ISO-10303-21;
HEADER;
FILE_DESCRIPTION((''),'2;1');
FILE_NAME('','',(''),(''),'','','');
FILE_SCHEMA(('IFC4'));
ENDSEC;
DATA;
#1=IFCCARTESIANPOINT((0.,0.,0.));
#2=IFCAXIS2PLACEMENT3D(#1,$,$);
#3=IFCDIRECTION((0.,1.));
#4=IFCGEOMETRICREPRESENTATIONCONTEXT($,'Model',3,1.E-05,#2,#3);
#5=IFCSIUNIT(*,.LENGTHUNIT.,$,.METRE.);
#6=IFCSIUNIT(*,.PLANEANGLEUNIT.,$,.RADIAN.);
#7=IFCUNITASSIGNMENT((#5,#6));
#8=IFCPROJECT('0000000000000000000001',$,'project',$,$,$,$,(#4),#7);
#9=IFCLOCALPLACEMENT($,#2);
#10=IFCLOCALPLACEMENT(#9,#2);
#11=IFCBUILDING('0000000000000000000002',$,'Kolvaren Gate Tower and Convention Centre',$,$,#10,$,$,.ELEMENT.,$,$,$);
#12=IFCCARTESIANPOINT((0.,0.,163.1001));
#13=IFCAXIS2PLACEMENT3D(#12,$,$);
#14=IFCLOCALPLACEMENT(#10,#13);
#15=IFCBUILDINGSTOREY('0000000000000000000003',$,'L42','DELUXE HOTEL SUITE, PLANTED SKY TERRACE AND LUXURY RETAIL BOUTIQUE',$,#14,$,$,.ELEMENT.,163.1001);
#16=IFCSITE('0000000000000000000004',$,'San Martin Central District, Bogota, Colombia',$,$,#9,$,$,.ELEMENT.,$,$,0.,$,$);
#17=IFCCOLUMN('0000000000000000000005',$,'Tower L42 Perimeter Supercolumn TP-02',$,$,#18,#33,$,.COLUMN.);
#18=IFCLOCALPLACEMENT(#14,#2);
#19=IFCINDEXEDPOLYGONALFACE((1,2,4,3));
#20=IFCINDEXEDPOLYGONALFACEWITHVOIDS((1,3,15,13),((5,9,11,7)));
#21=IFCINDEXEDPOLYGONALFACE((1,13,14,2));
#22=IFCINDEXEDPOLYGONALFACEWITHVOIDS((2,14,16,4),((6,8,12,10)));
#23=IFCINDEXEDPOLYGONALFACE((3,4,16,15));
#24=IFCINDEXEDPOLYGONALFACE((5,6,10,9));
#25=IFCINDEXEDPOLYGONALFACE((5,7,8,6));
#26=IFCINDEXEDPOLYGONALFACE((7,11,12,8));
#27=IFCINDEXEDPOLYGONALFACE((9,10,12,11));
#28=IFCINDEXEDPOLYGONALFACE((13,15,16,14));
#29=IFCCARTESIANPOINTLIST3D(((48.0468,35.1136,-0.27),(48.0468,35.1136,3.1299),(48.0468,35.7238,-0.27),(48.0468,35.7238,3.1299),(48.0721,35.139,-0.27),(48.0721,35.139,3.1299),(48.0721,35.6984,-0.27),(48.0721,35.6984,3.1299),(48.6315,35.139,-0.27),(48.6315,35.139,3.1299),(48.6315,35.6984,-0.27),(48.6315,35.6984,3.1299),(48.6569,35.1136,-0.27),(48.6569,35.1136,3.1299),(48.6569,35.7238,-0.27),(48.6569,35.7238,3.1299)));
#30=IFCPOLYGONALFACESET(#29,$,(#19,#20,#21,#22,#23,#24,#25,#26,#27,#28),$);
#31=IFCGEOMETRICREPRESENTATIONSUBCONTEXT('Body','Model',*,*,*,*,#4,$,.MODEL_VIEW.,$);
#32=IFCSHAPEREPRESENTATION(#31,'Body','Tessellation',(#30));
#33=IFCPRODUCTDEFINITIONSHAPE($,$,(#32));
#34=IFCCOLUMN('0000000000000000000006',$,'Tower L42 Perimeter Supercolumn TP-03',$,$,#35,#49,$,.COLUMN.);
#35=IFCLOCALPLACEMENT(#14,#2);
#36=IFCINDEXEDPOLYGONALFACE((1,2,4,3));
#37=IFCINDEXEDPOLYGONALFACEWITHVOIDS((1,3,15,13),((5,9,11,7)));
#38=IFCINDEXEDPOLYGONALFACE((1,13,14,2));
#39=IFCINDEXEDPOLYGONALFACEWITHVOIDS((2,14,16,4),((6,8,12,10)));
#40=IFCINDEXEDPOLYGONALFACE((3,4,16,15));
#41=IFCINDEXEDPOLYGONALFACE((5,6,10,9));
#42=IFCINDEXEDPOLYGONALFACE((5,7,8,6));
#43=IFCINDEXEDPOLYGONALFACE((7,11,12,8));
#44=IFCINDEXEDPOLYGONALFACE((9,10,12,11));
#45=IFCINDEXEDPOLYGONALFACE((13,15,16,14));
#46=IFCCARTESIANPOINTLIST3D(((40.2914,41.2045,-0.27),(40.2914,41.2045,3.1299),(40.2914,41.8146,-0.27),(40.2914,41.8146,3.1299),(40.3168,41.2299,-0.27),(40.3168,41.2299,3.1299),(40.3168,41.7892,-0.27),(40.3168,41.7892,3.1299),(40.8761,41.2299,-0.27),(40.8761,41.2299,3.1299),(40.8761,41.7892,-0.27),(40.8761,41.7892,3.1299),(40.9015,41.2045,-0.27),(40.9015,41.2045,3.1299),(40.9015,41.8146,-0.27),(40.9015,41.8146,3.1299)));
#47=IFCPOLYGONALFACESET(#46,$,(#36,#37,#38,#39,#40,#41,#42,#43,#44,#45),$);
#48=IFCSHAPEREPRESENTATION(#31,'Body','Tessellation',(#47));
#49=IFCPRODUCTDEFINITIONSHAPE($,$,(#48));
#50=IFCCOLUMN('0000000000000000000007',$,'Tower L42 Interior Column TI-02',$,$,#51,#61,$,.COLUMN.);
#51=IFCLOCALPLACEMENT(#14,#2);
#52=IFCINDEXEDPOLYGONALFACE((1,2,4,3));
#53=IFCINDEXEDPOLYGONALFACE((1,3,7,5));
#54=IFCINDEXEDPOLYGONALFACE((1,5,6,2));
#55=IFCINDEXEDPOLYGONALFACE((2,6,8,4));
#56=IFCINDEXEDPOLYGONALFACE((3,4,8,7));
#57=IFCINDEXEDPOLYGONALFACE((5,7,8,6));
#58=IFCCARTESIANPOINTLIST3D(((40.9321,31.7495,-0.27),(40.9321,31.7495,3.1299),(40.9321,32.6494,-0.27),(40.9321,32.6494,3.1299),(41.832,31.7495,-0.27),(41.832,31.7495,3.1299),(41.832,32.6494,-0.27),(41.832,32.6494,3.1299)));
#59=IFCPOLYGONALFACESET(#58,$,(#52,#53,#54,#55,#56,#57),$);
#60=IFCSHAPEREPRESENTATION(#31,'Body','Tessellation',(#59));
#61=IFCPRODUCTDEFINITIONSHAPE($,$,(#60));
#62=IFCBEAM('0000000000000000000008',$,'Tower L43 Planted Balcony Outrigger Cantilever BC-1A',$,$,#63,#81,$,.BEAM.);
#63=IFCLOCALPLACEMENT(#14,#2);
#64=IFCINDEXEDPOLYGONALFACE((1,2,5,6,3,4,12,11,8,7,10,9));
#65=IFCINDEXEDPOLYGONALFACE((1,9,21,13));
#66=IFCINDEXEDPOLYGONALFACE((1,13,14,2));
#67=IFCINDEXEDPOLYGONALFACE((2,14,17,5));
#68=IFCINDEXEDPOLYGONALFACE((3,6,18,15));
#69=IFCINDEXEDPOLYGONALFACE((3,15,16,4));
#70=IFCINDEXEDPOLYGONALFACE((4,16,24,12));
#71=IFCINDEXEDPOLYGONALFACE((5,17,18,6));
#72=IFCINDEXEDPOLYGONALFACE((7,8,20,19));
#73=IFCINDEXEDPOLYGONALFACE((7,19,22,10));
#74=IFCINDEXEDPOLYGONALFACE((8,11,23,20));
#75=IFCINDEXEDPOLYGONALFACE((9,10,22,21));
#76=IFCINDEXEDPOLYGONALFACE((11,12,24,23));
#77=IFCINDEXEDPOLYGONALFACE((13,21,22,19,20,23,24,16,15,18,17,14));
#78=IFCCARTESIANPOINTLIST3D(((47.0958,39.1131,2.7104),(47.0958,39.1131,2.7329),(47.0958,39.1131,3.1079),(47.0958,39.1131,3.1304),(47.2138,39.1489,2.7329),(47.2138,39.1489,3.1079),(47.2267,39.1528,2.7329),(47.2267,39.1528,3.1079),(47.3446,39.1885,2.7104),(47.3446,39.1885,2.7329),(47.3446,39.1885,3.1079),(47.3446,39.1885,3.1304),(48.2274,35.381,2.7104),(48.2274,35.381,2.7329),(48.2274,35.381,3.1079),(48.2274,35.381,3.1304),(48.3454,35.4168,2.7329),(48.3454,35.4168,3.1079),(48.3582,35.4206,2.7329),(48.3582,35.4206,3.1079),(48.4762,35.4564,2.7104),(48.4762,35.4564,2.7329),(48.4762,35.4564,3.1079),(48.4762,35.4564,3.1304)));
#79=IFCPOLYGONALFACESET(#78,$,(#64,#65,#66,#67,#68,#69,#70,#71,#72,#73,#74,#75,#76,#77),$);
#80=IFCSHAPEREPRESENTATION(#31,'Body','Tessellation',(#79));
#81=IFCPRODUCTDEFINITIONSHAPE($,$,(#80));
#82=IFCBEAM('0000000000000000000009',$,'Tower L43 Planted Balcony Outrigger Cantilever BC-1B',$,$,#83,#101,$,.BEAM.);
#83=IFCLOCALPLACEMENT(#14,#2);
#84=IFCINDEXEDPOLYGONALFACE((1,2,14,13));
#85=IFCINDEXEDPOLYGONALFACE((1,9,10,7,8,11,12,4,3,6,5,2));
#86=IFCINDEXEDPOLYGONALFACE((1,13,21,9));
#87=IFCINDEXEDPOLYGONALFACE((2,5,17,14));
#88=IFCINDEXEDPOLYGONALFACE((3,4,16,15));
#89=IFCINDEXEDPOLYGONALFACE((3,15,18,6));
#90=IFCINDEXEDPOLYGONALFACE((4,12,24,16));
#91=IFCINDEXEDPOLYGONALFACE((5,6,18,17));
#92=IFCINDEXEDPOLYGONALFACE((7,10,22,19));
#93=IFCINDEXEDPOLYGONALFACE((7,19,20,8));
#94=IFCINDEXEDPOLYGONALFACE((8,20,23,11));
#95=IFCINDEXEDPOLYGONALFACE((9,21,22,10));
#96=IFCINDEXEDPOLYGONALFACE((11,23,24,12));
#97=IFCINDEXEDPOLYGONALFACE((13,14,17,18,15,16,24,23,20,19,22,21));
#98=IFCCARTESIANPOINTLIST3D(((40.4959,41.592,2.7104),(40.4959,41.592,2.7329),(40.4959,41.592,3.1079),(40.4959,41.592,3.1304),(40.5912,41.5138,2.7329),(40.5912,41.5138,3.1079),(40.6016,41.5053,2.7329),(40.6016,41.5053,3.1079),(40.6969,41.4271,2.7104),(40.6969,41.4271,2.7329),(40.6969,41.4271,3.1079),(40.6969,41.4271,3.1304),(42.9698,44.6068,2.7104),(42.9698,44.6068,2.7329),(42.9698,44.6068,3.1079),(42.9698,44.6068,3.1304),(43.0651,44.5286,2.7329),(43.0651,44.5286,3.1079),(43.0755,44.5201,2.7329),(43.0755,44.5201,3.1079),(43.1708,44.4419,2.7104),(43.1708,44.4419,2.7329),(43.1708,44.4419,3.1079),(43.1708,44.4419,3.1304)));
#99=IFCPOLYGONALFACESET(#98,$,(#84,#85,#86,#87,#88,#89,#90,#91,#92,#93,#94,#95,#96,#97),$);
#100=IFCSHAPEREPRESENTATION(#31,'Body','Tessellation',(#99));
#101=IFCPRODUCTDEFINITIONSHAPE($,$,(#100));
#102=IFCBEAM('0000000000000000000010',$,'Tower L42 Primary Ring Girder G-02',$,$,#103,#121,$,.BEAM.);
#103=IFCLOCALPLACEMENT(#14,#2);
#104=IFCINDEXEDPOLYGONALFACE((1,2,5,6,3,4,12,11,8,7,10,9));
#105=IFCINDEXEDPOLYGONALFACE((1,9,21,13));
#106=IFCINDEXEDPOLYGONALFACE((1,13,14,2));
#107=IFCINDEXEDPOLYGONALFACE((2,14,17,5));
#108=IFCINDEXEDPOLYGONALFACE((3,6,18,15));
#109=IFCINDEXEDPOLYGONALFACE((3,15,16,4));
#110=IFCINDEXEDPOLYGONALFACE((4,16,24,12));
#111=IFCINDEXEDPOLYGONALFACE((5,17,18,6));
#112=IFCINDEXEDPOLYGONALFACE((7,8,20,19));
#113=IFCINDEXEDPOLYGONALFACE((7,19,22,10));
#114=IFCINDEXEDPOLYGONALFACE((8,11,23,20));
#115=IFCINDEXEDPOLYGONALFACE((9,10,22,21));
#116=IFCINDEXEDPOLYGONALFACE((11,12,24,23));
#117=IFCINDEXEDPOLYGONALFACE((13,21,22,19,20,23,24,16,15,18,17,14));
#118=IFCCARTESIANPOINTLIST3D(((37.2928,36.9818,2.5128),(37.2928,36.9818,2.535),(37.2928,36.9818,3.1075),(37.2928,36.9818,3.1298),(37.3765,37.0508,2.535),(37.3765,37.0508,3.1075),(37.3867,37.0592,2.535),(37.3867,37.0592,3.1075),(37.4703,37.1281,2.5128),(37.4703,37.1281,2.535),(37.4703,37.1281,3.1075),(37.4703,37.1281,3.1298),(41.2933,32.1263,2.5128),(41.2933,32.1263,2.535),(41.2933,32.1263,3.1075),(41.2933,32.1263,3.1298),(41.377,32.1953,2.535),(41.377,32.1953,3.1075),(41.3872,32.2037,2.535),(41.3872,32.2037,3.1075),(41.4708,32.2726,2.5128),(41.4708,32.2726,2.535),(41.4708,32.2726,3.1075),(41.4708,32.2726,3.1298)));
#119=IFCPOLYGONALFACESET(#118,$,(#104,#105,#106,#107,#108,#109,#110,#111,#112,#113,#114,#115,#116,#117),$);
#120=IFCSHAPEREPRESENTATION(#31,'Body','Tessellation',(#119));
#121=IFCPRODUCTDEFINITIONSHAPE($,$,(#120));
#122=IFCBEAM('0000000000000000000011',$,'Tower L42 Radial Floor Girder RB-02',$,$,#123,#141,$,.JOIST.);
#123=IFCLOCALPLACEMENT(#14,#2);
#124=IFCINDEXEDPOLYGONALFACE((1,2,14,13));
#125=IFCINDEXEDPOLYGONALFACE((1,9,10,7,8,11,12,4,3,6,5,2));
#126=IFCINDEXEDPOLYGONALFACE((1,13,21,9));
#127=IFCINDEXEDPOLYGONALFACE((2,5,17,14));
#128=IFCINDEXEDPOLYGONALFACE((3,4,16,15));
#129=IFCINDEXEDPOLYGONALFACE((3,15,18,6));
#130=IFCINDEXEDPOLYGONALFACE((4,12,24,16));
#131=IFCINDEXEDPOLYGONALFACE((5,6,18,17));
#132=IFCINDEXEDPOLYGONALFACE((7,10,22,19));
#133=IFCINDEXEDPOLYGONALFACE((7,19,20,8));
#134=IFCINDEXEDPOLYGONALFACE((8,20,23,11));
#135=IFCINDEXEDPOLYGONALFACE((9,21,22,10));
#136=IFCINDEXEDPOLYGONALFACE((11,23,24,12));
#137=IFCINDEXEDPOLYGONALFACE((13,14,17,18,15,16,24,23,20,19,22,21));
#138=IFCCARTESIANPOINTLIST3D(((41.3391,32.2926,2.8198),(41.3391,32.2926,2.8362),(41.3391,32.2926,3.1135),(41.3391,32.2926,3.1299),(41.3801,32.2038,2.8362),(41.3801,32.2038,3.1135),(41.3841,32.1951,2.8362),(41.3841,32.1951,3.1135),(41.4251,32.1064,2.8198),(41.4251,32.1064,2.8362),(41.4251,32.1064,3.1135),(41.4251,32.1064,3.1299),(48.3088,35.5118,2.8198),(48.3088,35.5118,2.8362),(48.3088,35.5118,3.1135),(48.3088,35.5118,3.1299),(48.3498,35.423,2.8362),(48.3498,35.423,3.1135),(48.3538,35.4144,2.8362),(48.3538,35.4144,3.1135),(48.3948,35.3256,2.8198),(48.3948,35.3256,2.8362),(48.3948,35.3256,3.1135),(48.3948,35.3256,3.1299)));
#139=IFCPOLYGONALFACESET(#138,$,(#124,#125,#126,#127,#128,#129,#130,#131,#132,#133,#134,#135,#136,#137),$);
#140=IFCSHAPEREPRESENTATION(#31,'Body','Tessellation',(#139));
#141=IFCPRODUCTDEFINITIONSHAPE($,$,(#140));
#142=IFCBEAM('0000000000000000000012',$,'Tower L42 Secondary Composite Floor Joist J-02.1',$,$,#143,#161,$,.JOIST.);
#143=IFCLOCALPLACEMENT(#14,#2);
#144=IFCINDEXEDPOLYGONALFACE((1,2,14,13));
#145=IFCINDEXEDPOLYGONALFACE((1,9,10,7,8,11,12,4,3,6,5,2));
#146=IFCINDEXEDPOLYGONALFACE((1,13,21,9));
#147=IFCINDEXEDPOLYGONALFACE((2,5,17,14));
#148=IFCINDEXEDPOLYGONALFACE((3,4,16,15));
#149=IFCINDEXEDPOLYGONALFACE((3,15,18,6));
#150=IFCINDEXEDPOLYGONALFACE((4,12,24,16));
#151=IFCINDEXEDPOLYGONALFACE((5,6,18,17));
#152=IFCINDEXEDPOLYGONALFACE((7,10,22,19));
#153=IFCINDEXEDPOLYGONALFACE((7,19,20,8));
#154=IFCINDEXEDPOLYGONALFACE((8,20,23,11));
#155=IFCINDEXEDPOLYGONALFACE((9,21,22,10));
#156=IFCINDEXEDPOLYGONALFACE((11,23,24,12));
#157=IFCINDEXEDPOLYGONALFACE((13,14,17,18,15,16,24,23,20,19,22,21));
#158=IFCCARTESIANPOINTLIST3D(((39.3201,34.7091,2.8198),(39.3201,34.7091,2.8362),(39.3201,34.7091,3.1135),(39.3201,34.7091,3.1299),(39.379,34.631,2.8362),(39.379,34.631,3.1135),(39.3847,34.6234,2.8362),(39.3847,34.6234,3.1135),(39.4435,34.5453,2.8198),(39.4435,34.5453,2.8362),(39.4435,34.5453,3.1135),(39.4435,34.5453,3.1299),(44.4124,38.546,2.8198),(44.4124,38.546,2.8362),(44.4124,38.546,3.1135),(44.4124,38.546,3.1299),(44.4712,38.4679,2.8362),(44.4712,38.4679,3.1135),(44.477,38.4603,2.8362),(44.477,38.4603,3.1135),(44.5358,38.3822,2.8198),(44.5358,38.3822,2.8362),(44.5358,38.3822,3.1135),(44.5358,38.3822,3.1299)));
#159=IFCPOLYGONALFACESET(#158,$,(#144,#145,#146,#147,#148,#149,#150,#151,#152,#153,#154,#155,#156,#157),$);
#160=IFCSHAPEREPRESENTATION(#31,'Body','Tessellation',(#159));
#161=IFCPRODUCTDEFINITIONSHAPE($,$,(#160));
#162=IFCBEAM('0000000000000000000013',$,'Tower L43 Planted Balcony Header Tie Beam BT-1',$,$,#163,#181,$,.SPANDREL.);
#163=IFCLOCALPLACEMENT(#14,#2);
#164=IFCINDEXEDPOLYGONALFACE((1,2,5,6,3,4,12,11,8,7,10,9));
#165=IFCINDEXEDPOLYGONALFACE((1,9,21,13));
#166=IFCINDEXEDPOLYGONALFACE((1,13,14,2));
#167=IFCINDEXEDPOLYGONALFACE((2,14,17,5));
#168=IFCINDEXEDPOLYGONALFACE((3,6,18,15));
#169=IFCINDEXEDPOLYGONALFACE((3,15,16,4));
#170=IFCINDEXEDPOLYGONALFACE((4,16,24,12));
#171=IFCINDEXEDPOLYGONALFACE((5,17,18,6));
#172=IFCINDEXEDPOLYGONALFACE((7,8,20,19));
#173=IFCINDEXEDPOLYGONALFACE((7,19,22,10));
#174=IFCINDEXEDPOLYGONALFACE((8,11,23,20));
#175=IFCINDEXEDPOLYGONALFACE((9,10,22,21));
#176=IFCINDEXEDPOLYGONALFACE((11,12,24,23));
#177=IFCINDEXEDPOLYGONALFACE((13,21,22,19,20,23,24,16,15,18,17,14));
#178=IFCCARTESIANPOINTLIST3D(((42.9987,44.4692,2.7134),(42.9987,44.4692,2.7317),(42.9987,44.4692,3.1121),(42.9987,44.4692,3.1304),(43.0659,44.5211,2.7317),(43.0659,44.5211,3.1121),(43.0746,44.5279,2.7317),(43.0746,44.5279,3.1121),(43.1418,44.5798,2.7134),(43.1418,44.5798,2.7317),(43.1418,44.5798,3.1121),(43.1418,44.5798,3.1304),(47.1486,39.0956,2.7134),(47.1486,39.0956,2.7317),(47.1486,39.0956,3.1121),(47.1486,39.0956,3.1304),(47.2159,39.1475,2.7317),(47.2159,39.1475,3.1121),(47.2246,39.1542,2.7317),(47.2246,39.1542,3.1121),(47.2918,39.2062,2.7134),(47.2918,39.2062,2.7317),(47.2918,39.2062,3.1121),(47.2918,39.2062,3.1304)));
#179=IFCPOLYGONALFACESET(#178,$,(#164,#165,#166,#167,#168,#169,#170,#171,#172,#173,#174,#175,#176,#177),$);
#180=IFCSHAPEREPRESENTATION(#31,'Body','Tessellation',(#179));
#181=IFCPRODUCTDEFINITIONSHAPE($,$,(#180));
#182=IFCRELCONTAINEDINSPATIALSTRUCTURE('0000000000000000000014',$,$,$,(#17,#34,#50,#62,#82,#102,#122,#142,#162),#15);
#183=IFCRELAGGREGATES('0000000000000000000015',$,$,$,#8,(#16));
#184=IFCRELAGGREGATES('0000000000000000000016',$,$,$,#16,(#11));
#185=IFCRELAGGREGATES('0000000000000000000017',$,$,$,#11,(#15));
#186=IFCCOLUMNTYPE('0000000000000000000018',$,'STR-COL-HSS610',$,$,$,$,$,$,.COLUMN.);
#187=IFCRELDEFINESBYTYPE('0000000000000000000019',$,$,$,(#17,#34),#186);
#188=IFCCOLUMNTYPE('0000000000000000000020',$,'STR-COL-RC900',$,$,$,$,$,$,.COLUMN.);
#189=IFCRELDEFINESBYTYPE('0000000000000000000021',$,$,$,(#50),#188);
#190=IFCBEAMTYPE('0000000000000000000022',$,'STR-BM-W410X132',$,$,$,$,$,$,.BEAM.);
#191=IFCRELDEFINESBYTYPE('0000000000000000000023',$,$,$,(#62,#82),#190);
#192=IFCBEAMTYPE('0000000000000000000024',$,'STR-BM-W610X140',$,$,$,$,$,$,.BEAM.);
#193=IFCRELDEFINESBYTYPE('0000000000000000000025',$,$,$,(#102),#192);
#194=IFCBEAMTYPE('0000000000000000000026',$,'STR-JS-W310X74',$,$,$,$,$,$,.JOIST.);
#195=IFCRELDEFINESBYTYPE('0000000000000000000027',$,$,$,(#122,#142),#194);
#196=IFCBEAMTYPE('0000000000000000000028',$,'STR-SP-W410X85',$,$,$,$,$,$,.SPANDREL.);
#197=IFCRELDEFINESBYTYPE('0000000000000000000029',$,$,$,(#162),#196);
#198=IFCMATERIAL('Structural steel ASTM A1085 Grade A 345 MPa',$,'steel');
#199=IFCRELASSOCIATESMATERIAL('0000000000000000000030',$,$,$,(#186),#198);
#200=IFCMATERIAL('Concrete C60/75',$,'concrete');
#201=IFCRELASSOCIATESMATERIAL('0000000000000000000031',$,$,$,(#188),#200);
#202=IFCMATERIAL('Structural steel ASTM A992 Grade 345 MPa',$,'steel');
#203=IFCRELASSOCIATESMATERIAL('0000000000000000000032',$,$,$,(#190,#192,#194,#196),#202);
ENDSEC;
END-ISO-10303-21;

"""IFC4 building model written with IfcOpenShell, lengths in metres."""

from ifc_helpers import new_model, si_unit, direction, frame, origin, origin_2d, place, context, subcontext, project, spatial, rectangle, hollow_rectangle, i_section, extrude, material, material_profile, profile_set, type_object, element, save


model = new_model("IFC4")

# Units and contexts
model_context = context("Model", 3, precision=1e-05, world=origin(), true_north=direction((0.0, 1.0)))
body_context = subcontext(model_context, "Body", "Model", "MODEL_VIEW")
ifc_project = project(units=[si_unit("LENGTHUNIT", "METRE"), si_unit("PLANEANGLEUNIT", "RADIAN")], contexts=[model_context])

# Site, building, storey
site_placement = place(None, origin())
site = spatial("IfcSite", under=ifc_project, at=site_placement, Name="San Martin Central District, Bogota, Colombia", CompositionType="ELEMENT", RefElevation=0.0)
building_placement = place(site_placement, origin())
building = spatial("IfcBuilding", under=site, at=building_placement, Name="Kolvaren Gate Tower and Convention Centre", CompositionType="ELEMENT")
storey_placement = place(building_placement, frame((0.0, 0.0, 163.1001)))
storey = spatial("IfcBuildingStorey", under=building, at=storey_placement, Name="L42", Description="DELUXE HOTEL SUITE, PLANTED SKY TERRACE AND LUXURY RETAIL BOUTIQUE", CompositionType="ELEMENT", Elevation=163.1001)

# Columns
ifc_material_1 = material(Name="Structural steel ASTM A1085 Grade A 345 MPa", Category="steel")
ifc_material_profile_1 = material_profile(ifc_material_1, hollow_rectangle(XDim=0.6101, YDim=0.6101, WallThickness=0.0254, at=origin_2d()), Name="HSS610X610X25.4")
ifc_profile_set_1 = profile_set([ifc_material_profile_1], Name="Structural steel ASTM A1085 Grade A 345 MPa")
column_type_1 = type_object("IfcColumnType", Name="STR-COL-HSS610", PredefinedType="COLUMN", material=ifc_profile_set_1)
for number, where, z_axis, x_axis, name in (
    (1, (48.3518, 35.4187, -0.27), (0.0, 0.0, 1.0), (1.0, 0.0, 0.0), "Tower L42 Perimeter Supercolumn TP-02"),
    (2, (40.5964, 41.5095, -0.27), (0.0, 0.0, 1.0), (1.0, 0.0, 0.0), "Tower L42 Perimeter Supercolumn TP-03"),
):
    element("IfcColumn", number, at=place(storey_placement, frame(where, z_axis=z_axis, x_axis=x_axis)), inside=storey, type_object=column_type_1, Name=name, PredefinedType="COLUMN", context=body_context, shape_type="SweptSolid", body=[
        extrude(hollow_rectangle(XDim=0.6101, YDim=0.6101, WallThickness=0.0254, at=origin_2d()), origin(), (0.0, 0.0, 1.0), 3.3999),
    ])
ifc_material_2 = material(Name="Concrete C60/75", Category="concrete")
ifc_material_profile_2 = material_profile(ifc_material_2, rectangle(XDim=0.8999, YDim=0.8999, at=origin_2d()), Name="RC-COL-900X900")
ifc_profile_set_2 = profile_set([ifc_material_profile_2], Name="Concrete C60/75")
column_type_2 = type_object("IfcColumnType", Name="STR-COL-RC900", PredefinedType="COLUMN", material=ifc_profile_set_2)
column_placement = place(storey_placement, frame((41.3821, 32.1995, -0.27), z_axis=(0.0, 0.0, 1.0), x_axis=(1.0, 0.0, 0.0)))
element("IfcColumn", 3, at=column_placement, inside=storey, type_object=column_type_2, Name="Tower L42 Interior Column TI-02", PredefinedType="COLUMN", context=body_context, shape_type="SweptSolid", body=[
    extrude(rectangle(XDim=0.8999, YDim=0.8999, at=origin_2d()), origin(), (0.0, 0.0, 1.0), 3.3999),
])

# Beams
ifc_material_3 = material(Name="Structural steel ASTM A992 Grade 345 MPa", Category="steel")
ifc_material_profile_3 = material_profile(ifc_material_3, i_section(OverallWidth=0.26, OverallDepth=0.4199, WebThickness=0.0134, FlangeThickness=0.0225, at=origin_2d()), Name="W410X132")
ifc_profile_set_3 = profile_set([ifc_material_profile_3], Name="Structural steel ASTM A992 Grade 345 MPa")
beam_type_1 = type_object("IfcBeamType", Name="STR-BM-W410X132", PredefinedType="BEAM", material=ifc_profile_set_3)
for number, where, z_axis, x_axis, name in (
    (4, (48.3518, 35.4187, 2.9204), (-0.290155, 0.95698, 0.0), (-0.95698, -0.290155, 0.0), "Tower L43 Planted Balcony Outrigger Cantilever BC-1A"),
    (5, (40.5964, 41.5095, 2.9204), (0.634335, 0.773058, 0.0), (-0.773058, 0.634335, 0.0), "Tower L43 Planted Balcony Outrigger Cantilever BC-1B"),
):
    element("IfcBeam", number, at=place(storey_placement, frame(where, z_axis=z_axis, x_axis=x_axis)), inside=storey, type_object=beam_type_1, Name=name, PredefinedType="BEAM", context=body_context, shape_type="SweptSolid", body=[
        extrude(i_section(OverallWidth=0.26, OverallDepth=0.4199, WebThickness=0.0134, FlangeThickness=0.0225, at=origin_2d()), origin(), (0.0, 0.0, 1.0), 3.8999),
    ])
ifc_material_profile_4 = material_profile(ifc_material_3, i_section(OverallWidth=0.23, OverallDepth=0.6169, WebThickness=0.0132, FlangeThickness=0.0222, at=origin_2d()), Name="W610X140")
ifc_profile_set_4 = profile_set([ifc_material_profile_4], Name="Structural steel ASTM A992 Grade 345 MPa")
beam_type_2 = type_object("IfcBeamType", Name="STR-BM-W610X140", PredefinedType="BEAM", material=ifc_profile_set_4)
beam_1_placement = place(storey_placement, frame((41.3821, 32.1995, 2.8213), z_axis=(-0.635884, 0.771785, 0.0), x_axis=(-0.771785, -0.635884, 0.0)))
element("IfcBeam", 6, at=beam_1_placement, inside=storey, type_object=beam_type_2, Name="Tower L42 Primary Ring Girder G-02", PredefinedType="BEAM", context=body_context, shape_type="SweptSolid", body=[
    extrude(i_section(OverallWidth=0.23, OverallDepth=0.6169, WebThickness=0.0132, FlangeThickness=0.0222, at=origin_2d()), origin(), (0.0, 0.0, 1.0), 6.2913),
])
ifc_material_profile_5 = material_profile(ifc_material_3, i_section(OverallWidth=0.2051, OverallDepth=0.3101, WebThickness=0.0095, FlangeThickness=0.0164, at=origin_2d()), Name="W310X74")
ifc_profile_set_5 = profile_set([ifc_material_profile_5], Name="Structural steel ASTM A992 Grade 345 MPa")
beam_type_3 = type_object("IfcBeamType", Name="STR-JS-W310X74", PredefinedType="JOIST", material=ifc_profile_set_5)
beam_2_placement = place(storey_placement, frame((41.3821, 32.1995, 2.9749), z_axis=(0.907838, 0.41932, 0.0), x_axis=(-0.41932, 0.907838, 0.0)))
element("IfcBeam", 7, at=beam_2_placement, inside=storey, type_object=beam_type_3, Name="Tower L42 Radial Floor Girder RB-02", PredefinedType="JOIST", context=body_context, shape_type="SweptSolid", body=[
    extrude(i_section(OverallWidth=0.2051, OverallDepth=0.3101, WebThickness=0.0095, FlangeThickness=0.0164, at=origin_2d()), origin(), (0.0, 0.0, 1.0), 7.6772),
])
beam_3_placement = place(storey_placement, frame((39.3818, 34.6272, 2.9749), z_axis=(0.798666, 0.601775, 0.0), x_axis=(-0.601775, 0.798666, 0.0)))
element("IfcBeam", 8, at=beam_3_placement, inside=storey, type_object=beam_type_3, Name="Tower L42 Secondary Composite Floor Joist J-02.1", PredefinedType="JOIST", context=body_context, shape_type="SweptSolid", body=[
    extrude(i_section(OverallWidth=0.2051, OverallDepth=0.3101, WebThickness=0.0095, FlangeThickness=0.0164, at=origin_2d()), origin(), (0.0, 0.0, 1.0), 6.376),
])
ifc_material_profile_6 = material_profile(ifc_material_3, i_section(OverallWidth=0.1809, OverallDepth=0.417, WebThickness=0.011, FlangeThickness=0.0183, at=origin_2d()), Name="W410X85")
ifc_profile_set_6 = profile_set([ifc_material_profile_6], Name="Structural steel ASTM A992 Grade 345 MPa")
beam_type_4 = type_object("IfcBeamType", Name="STR-SP-W410X85", PredefinedType="SPANDREL", material=ifc_profile_set_6)
beam_4_placement = place(storey_placement, frame((47.2202, 39.1509, 2.9219), z_axis=(-0.611228, 0.791454, 0.0), x_axis=(-0.791454, -0.611228, 0.0)))
element("IfcBeam", 9, at=beam_4_placement, inside=storey, type_object=beam_type_4, Name="Tower L43 Planted Balcony Header Tie Beam BT-1", PredefinedType="SPANDREL", context=body_context, shape_type="SweptSolid", body=[
    extrude(i_section(OverallWidth=0.1809, OverallDepth=0.417, WebThickness=0.011, FlangeThickness=0.0183, at=origin_2d()), origin(), (0.0, 0.0, 1.0), 6.7896),
])

save(model, "model.ifc")
